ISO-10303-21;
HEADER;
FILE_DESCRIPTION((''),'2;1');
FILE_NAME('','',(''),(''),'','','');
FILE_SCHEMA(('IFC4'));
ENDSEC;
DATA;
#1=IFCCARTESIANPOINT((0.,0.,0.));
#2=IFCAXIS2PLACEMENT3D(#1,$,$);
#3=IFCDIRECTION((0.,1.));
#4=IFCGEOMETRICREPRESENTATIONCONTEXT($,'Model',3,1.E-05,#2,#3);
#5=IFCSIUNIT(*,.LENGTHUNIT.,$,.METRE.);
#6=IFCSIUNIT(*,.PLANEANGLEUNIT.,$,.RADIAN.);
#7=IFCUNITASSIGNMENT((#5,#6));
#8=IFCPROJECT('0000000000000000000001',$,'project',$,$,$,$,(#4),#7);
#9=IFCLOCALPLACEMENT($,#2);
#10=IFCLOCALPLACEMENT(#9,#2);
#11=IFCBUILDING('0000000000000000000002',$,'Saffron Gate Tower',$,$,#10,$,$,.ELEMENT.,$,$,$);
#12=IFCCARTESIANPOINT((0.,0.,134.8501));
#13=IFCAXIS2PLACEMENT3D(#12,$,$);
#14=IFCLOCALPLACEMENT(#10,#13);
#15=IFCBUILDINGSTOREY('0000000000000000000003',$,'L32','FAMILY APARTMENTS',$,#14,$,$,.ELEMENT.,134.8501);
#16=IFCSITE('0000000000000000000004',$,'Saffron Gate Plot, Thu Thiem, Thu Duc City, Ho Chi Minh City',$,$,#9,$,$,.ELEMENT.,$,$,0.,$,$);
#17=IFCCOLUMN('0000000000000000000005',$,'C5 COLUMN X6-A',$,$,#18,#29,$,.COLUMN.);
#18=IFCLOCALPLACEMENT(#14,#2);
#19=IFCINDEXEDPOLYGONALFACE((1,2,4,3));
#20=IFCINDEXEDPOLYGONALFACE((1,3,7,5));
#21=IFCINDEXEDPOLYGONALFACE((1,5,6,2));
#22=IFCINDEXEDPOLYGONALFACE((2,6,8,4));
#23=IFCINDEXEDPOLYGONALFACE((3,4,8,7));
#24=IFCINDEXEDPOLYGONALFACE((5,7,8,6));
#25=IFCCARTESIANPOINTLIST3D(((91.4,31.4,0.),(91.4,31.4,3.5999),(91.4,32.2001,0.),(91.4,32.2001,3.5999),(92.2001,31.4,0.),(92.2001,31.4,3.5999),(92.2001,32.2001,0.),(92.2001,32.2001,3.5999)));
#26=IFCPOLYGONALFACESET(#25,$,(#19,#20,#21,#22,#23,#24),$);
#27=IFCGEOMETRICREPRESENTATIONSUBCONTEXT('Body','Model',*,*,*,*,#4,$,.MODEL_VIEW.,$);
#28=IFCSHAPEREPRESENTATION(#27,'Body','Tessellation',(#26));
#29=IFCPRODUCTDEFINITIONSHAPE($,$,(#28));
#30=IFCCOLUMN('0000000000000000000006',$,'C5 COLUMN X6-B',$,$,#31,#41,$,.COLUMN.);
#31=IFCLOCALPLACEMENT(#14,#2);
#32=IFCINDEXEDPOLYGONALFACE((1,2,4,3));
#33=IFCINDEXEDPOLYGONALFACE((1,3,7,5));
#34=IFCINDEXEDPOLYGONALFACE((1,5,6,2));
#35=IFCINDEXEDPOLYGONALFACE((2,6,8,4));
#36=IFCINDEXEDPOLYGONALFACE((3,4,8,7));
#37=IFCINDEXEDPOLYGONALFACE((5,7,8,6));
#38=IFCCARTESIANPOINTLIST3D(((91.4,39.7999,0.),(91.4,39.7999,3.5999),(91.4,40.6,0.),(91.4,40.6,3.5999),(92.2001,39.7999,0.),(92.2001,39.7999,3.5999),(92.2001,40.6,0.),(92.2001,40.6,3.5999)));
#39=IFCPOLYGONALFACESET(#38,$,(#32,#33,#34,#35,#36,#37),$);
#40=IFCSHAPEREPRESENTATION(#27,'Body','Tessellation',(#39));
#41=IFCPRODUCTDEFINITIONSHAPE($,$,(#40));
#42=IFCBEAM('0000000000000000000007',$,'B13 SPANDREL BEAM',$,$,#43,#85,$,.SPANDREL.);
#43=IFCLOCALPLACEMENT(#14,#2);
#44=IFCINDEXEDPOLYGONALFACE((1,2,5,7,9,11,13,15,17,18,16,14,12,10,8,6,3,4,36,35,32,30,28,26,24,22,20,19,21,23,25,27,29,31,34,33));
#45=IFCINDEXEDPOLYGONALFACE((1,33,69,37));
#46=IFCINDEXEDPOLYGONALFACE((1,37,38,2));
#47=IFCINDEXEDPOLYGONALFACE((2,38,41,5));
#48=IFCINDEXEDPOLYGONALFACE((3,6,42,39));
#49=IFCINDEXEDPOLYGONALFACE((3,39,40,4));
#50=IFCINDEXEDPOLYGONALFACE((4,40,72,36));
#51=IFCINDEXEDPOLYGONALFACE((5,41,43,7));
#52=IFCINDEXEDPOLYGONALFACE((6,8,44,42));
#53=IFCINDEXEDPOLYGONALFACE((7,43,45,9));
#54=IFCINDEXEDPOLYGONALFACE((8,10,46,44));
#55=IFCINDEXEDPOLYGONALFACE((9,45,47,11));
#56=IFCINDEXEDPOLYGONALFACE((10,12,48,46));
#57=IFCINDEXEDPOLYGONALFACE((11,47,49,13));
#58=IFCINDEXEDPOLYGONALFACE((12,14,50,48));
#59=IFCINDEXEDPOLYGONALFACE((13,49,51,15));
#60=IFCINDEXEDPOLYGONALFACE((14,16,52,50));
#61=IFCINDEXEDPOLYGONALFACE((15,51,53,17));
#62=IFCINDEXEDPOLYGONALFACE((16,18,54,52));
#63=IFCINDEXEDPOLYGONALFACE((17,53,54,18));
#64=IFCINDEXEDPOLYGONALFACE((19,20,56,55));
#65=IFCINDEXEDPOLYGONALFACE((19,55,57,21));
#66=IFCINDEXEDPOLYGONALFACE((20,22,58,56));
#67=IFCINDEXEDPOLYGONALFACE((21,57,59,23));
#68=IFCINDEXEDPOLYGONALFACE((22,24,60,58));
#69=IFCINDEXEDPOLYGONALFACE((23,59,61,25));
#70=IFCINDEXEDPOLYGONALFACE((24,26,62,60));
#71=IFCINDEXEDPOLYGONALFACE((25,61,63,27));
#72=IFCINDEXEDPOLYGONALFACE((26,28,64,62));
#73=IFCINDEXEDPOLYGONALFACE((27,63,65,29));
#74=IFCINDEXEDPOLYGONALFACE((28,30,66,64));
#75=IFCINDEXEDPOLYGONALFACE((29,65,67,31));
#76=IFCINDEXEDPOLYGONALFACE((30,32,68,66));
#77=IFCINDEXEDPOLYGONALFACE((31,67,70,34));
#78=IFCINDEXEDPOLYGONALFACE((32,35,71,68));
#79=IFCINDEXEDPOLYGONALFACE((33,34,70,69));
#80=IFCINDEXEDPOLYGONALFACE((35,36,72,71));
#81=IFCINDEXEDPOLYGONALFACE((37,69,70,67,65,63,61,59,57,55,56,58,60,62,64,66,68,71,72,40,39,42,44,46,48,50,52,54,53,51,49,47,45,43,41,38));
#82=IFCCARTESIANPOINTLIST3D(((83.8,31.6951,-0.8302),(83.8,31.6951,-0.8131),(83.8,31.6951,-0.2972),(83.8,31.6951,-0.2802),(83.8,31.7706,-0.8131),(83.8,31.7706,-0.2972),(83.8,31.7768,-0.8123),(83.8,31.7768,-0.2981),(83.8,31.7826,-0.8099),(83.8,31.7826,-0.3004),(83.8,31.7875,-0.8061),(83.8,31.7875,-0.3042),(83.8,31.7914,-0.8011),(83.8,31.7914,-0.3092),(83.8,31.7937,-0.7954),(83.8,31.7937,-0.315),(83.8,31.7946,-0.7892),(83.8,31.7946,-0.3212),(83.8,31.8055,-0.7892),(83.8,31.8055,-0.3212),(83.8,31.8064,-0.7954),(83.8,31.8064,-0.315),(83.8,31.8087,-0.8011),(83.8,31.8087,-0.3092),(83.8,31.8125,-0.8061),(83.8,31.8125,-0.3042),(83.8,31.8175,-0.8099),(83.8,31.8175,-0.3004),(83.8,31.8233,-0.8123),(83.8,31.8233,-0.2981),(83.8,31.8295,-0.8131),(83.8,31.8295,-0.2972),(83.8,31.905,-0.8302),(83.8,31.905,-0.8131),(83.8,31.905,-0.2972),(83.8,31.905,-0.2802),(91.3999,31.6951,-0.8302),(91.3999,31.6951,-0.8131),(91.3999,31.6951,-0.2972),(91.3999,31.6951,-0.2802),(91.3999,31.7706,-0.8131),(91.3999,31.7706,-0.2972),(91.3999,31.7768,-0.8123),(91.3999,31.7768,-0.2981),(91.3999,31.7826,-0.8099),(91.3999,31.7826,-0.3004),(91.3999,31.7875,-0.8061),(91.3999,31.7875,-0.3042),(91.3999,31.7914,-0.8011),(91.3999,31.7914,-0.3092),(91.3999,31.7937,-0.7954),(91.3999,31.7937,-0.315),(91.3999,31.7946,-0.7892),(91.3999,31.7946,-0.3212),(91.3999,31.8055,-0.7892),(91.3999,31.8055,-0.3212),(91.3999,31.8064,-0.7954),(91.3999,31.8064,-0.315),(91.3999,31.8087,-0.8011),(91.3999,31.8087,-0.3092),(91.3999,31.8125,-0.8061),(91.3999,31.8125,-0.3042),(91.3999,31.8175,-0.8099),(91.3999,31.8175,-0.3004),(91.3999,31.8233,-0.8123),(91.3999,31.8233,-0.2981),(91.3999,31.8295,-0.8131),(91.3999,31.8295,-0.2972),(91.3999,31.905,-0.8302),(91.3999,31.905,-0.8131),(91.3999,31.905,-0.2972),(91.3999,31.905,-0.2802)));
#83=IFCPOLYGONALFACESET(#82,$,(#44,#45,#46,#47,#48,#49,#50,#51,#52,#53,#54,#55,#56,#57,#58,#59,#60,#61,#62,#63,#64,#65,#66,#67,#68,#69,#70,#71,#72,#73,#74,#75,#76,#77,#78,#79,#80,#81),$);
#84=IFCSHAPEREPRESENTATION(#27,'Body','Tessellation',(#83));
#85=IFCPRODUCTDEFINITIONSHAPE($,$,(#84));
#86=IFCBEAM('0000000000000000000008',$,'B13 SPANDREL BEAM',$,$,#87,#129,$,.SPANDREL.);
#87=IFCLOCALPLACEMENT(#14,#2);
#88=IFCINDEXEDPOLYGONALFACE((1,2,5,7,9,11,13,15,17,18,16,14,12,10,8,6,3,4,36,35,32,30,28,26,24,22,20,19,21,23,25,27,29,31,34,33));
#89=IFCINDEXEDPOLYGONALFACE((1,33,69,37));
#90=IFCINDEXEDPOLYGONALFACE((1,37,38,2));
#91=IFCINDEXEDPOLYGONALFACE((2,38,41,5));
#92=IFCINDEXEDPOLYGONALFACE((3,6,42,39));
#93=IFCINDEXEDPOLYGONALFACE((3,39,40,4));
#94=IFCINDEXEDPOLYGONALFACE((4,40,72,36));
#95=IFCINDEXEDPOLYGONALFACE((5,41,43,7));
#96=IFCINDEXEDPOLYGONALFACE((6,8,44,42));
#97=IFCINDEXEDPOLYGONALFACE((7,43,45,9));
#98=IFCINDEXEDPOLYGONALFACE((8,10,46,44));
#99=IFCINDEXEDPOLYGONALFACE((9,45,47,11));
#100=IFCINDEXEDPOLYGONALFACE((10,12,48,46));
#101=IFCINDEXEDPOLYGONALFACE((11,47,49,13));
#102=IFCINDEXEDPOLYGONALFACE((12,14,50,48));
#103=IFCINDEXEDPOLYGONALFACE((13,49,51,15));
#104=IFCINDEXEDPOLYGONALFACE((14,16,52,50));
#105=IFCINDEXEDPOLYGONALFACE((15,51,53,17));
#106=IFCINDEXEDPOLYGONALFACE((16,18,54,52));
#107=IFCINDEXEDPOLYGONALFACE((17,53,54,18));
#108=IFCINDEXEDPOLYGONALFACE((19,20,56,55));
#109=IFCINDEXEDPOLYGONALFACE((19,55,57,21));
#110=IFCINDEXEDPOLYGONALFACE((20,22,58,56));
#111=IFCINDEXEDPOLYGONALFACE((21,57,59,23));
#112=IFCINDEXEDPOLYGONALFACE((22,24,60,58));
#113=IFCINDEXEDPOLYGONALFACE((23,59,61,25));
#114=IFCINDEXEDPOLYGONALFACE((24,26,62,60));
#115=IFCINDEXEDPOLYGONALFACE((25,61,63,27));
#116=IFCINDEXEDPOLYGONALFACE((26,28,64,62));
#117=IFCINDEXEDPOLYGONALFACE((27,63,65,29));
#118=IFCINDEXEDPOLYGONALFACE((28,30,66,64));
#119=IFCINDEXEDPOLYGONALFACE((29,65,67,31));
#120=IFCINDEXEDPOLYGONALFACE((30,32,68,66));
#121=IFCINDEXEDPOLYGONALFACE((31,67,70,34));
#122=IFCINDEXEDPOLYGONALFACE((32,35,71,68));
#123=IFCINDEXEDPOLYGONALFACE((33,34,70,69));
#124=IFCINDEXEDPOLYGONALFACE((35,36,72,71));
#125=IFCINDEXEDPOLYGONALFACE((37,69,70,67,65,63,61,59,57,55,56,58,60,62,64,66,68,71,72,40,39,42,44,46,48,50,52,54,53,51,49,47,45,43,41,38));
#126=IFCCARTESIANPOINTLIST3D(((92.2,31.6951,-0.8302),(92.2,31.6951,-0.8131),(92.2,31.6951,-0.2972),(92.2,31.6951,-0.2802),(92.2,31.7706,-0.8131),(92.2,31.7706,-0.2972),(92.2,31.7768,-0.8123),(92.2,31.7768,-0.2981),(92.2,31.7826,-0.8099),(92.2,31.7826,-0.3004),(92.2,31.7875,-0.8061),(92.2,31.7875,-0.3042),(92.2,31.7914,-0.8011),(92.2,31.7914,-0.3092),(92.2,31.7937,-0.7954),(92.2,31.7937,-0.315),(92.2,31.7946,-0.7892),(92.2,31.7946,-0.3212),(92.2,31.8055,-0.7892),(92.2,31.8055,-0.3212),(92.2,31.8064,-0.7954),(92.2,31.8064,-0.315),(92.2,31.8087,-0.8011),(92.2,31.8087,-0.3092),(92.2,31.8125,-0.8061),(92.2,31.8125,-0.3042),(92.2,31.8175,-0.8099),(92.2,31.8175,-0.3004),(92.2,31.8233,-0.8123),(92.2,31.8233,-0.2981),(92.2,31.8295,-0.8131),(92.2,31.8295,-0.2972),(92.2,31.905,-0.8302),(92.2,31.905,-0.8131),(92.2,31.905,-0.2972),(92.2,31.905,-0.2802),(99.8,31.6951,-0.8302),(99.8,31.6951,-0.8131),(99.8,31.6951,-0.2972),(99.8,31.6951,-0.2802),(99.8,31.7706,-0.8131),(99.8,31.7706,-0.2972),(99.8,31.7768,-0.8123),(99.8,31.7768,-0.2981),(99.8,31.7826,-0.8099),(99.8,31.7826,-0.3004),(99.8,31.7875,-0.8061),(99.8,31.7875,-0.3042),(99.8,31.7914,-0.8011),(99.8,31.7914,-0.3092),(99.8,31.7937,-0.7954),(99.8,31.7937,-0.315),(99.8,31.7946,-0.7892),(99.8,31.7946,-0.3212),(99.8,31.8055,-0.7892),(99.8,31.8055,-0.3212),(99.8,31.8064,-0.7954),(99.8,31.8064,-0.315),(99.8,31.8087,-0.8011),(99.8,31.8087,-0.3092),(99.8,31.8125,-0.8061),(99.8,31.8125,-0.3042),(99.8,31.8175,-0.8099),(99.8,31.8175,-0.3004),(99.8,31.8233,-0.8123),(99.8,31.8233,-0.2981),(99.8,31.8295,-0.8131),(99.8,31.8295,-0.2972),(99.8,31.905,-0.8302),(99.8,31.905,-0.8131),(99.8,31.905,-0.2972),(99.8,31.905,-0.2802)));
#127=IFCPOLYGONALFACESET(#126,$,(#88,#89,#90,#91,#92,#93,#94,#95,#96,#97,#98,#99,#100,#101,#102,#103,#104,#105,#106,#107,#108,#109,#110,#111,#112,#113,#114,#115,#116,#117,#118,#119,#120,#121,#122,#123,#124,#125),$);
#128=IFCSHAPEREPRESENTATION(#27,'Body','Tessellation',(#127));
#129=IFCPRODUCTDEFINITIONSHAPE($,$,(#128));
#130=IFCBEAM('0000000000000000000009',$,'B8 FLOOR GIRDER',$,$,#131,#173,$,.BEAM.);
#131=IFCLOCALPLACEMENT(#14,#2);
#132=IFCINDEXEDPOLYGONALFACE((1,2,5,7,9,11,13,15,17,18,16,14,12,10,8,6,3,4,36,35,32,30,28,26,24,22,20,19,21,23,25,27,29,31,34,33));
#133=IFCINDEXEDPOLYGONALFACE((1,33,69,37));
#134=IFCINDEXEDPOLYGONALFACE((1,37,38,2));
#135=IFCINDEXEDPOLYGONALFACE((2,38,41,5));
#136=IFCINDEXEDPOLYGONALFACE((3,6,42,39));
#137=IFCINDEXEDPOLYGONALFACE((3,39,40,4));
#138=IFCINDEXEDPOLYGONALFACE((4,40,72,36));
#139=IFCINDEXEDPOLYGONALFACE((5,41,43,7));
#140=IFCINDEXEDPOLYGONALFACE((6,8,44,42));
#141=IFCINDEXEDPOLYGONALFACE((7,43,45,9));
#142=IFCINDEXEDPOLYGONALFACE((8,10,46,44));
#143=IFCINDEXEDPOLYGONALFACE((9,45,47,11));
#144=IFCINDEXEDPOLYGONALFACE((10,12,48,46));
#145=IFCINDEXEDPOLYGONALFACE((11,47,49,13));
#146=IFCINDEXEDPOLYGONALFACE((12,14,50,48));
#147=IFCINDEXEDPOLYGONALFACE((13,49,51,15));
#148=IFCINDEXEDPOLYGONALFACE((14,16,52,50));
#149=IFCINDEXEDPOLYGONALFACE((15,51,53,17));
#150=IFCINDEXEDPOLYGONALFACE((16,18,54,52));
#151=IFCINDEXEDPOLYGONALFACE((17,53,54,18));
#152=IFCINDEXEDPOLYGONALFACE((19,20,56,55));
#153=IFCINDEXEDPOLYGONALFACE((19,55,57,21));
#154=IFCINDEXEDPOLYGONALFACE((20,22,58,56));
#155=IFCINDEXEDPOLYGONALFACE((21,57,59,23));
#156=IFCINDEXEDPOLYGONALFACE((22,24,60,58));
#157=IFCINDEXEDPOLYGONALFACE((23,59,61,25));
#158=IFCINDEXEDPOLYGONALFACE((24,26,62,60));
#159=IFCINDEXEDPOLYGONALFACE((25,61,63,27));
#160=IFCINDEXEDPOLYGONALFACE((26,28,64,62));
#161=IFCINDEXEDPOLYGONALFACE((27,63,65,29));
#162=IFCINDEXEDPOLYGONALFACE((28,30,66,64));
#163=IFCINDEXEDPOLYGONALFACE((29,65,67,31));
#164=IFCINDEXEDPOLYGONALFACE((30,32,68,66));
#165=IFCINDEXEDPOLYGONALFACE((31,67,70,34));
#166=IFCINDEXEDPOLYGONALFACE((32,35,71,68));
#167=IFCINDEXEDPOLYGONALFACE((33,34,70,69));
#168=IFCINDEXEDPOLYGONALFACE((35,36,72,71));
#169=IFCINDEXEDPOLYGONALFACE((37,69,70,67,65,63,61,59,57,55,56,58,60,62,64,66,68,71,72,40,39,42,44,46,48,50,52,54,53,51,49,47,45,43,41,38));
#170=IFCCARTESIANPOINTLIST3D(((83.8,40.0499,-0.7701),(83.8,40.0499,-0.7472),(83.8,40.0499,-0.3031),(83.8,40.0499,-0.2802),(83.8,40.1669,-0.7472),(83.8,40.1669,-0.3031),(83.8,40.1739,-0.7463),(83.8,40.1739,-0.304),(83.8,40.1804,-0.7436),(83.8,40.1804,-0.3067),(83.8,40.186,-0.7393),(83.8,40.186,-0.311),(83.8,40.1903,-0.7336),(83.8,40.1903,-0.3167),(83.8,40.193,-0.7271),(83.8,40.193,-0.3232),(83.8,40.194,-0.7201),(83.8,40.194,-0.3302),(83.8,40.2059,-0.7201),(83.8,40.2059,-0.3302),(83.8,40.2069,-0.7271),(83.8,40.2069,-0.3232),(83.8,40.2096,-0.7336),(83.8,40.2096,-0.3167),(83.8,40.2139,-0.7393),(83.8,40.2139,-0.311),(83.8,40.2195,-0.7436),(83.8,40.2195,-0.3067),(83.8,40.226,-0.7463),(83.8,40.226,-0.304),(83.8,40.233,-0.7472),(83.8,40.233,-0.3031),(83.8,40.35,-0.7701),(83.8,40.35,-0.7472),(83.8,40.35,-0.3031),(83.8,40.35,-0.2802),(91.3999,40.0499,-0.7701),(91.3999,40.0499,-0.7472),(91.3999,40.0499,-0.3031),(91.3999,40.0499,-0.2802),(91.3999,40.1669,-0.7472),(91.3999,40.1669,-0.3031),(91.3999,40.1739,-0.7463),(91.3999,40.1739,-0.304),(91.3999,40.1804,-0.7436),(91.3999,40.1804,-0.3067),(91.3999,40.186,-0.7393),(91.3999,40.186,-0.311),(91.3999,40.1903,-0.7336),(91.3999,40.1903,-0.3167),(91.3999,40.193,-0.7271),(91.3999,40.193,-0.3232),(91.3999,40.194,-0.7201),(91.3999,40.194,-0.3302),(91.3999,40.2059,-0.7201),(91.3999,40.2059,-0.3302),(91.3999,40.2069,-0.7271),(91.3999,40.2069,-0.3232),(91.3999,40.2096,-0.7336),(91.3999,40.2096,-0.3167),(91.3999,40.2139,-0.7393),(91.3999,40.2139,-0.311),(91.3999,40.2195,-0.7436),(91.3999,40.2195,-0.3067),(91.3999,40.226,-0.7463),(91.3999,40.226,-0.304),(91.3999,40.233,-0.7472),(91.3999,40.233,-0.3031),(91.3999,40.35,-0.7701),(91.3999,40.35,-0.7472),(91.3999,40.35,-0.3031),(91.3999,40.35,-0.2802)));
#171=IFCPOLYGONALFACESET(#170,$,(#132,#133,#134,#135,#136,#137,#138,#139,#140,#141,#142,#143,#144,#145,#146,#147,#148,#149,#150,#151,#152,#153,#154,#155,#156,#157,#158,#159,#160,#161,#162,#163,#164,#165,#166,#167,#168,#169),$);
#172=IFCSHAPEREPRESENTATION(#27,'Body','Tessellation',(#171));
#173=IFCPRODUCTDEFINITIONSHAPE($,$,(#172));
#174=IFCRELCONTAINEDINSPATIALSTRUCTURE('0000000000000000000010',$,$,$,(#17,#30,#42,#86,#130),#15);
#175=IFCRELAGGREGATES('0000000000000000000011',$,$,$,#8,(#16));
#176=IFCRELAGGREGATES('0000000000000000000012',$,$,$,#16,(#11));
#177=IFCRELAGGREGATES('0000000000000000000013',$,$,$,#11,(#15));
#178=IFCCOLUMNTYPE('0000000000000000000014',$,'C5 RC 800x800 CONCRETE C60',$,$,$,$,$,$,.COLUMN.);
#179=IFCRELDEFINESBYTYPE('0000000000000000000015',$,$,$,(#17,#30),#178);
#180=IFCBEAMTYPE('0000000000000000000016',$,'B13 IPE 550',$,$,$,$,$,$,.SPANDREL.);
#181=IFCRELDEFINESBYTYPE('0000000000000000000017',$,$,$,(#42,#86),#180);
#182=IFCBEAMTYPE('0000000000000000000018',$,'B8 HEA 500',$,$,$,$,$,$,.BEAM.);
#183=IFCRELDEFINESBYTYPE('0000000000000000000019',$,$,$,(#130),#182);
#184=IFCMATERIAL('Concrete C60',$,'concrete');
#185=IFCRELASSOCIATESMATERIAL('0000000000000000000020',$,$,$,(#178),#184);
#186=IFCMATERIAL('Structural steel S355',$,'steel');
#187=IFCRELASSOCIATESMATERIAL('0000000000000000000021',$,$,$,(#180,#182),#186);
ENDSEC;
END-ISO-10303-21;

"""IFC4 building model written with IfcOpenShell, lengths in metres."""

from ifc_helpers import new_model, si_unit, direction, frame, origin, origin_2d, place, context, subcontext, project, spatial, rectangle, i_section, extrude, material, material_profile, profile_set, type_object, element, save


model = new_model("IFC4")

# Units and contexts
model_context = context("Model", 3, precision=1e-05, world=origin(), true_north=direction((0.0, 1.0)))
body_context = subcontext(model_context, "Body", "Model", "MODEL_VIEW")
ifc_project = project(units=[si_unit("LENGTHUNIT", "METRE"), si_unit("PLANEANGLEUNIT", "RADIAN")], contexts=[model_context])

# Site, building, storey
site_placement = place(None, origin())
site = spatial("IfcSite", under=ifc_project, at=site_placement, Name="Saffron Gate Plot, Thu Thiem, Thu Duc City, Ho Chi Minh City", CompositionType="ELEMENT", RefElevation=0.0)
building_placement = place(site_placement, origin())
building = spatial("IfcBuilding", under=site, at=building_placement, Name="Saffron Gate Tower", CompositionType="ELEMENT")
storey_placement = place(building_placement, frame((0.0, 0.0, 134.8501)))
storey = spatial("IfcBuildingStorey", under=building, at=storey_placement, Name="L32", Description="FAMILY APARTMENTS", CompositionType="ELEMENT", Elevation=134.8501)

# Columns
ifc_material_1 = material(Name="Concrete C60", Category="concrete")
ifc_material_profile_1 = material_profile(ifc_material_1, rectangle(XDim=0.8, YDim=0.8, at=origin_2d()))
ifc_profile_set_1 = profile_set([ifc_material_profile_1], Name="Concrete C60")
column_type = type_object("IfcColumnType", Name="C5 RC 800x800 CONCRETE C60", PredefinedType="COLUMN", material=ifc_profile_set_1)
for number, where, z_axis, x_axis, name in (
    (1, (91.8, 31.8, 0.0), (0.0, 0.0, 1.0), (1.0, 0.0, 0.0), "C5 COLUMN X6-A"),
    (2, (91.8, 40.2, 0.0), (0.0, 0.0, 1.0), (1.0, 0.0, 0.0), "C5 COLUMN X6-B"),
):
    element("IfcColumn", number, at=place(storey_placement, frame(where, z_axis=z_axis, x_axis=x_axis)), inside=storey, type_object=column_type, Name=name, PredefinedType="COLUMN", context=body_context, shape_type="SweptSolid", body=[
        extrude(rectangle(XDim=0.8, YDim=0.8, at=origin_2d()), origin(), (0.0, 0.0, 1.0), 3.5999),
    ])

# Beams
ifc_material_2 = material(Name="Structural steel S355", Category="steel")
ifc_material_profile_2 = material_profile(ifc_material_2, i_section(OverallWidth=0.21, OverallDepth=0.55, WebThickness=0.011, FlangeThickness=0.0171, FilletRadius=0.0239, at=origin_2d()))
ifc_profile_set_2 = profile_set([ifc_material_profile_2], Name="Structural steel S355")
beam_type_1 = type_object("IfcBeamType", Name="B13 IPE 550", PredefinedType="SPANDREL", material=ifc_profile_set_2)
beam_1_placement = place(storey_placement, frame((83.8, 31.8, -0.5552), z_axis=(1.0, 0.0, 0.0), x_axis=(0.0, 1.0, 0.0)))
element("IfcBeam", 3, at=beam_1_placement, inside=storey, type_object=beam_type_1, Name="B13 SPANDREL BEAM", PredefinedType="SPANDREL", context=body_context, shape_type="SweptSolid", body=[
    extrude(i_section(OverallWidth=0.21, OverallDepth=0.55, WebThickness=0.011, FlangeThickness=0.0171, FilletRadius=0.0239, at=origin_2d()), origin(), (0.0, 0.0, 1.0), 7.5999),
])
beam_2_placement = place(storey_placement, frame((92.2, 31.8, -0.5552), z_axis=(1.0, 0.0, 0.0), x_axis=(0.0, 1.0, 0.0)))
element("IfcBeam", 4, at=beam_2_placement, inside=storey, type_object=beam_type_1, Name="B13 SPANDREL BEAM", PredefinedType="SPANDREL", context=body_context, shape_type="SweptSolid", body=[
    extrude(i_section(OverallWidth=0.21, OverallDepth=0.55, WebThickness=0.011, FlangeThickness=0.0171, FilletRadius=0.0239, at=origin_2d()), origin(), (0.0, 0.0, 1.0), 7.6001),
])
ifc_material_profile_3 = material_profile(ifc_material_2, i_section(OverallWidth=0.3, OverallDepth=0.49, WebThickness=0.012, FlangeThickness=0.0229, FilletRadius=0.0271, at=origin_2d()))
ifc_profile_set_3 = profile_set([ifc_material_profile_3], Name="Structural steel S355")
beam_type_2 = type_object("IfcBeamType", Name="B8 HEA 500", PredefinedType="BEAM", material=ifc_profile_set_3)
beam_3_placement = place(storey_placement, frame((83.8, 40.2, -0.5251), z_axis=(1.0, 0.0, 0.0), x_axis=(0.0, 1.0, 0.0)))
element("IfcBeam", 5, at=beam_3_placement, inside=storey, type_object=beam_type_2, Name="B8 FLOOR GIRDER", PredefinedType="BEAM", context=body_context, shape_type="SweptSolid", body=[
    extrude(i_section(OverallWidth=0.3, OverallDepth=0.49, WebThickness=0.012, FlangeThickness=0.0229, FilletRadius=0.0271, at=origin_2d()), origin(), (0.0, 0.0, 1.0), 7.5999),
])

save(model, "model.ifc")
